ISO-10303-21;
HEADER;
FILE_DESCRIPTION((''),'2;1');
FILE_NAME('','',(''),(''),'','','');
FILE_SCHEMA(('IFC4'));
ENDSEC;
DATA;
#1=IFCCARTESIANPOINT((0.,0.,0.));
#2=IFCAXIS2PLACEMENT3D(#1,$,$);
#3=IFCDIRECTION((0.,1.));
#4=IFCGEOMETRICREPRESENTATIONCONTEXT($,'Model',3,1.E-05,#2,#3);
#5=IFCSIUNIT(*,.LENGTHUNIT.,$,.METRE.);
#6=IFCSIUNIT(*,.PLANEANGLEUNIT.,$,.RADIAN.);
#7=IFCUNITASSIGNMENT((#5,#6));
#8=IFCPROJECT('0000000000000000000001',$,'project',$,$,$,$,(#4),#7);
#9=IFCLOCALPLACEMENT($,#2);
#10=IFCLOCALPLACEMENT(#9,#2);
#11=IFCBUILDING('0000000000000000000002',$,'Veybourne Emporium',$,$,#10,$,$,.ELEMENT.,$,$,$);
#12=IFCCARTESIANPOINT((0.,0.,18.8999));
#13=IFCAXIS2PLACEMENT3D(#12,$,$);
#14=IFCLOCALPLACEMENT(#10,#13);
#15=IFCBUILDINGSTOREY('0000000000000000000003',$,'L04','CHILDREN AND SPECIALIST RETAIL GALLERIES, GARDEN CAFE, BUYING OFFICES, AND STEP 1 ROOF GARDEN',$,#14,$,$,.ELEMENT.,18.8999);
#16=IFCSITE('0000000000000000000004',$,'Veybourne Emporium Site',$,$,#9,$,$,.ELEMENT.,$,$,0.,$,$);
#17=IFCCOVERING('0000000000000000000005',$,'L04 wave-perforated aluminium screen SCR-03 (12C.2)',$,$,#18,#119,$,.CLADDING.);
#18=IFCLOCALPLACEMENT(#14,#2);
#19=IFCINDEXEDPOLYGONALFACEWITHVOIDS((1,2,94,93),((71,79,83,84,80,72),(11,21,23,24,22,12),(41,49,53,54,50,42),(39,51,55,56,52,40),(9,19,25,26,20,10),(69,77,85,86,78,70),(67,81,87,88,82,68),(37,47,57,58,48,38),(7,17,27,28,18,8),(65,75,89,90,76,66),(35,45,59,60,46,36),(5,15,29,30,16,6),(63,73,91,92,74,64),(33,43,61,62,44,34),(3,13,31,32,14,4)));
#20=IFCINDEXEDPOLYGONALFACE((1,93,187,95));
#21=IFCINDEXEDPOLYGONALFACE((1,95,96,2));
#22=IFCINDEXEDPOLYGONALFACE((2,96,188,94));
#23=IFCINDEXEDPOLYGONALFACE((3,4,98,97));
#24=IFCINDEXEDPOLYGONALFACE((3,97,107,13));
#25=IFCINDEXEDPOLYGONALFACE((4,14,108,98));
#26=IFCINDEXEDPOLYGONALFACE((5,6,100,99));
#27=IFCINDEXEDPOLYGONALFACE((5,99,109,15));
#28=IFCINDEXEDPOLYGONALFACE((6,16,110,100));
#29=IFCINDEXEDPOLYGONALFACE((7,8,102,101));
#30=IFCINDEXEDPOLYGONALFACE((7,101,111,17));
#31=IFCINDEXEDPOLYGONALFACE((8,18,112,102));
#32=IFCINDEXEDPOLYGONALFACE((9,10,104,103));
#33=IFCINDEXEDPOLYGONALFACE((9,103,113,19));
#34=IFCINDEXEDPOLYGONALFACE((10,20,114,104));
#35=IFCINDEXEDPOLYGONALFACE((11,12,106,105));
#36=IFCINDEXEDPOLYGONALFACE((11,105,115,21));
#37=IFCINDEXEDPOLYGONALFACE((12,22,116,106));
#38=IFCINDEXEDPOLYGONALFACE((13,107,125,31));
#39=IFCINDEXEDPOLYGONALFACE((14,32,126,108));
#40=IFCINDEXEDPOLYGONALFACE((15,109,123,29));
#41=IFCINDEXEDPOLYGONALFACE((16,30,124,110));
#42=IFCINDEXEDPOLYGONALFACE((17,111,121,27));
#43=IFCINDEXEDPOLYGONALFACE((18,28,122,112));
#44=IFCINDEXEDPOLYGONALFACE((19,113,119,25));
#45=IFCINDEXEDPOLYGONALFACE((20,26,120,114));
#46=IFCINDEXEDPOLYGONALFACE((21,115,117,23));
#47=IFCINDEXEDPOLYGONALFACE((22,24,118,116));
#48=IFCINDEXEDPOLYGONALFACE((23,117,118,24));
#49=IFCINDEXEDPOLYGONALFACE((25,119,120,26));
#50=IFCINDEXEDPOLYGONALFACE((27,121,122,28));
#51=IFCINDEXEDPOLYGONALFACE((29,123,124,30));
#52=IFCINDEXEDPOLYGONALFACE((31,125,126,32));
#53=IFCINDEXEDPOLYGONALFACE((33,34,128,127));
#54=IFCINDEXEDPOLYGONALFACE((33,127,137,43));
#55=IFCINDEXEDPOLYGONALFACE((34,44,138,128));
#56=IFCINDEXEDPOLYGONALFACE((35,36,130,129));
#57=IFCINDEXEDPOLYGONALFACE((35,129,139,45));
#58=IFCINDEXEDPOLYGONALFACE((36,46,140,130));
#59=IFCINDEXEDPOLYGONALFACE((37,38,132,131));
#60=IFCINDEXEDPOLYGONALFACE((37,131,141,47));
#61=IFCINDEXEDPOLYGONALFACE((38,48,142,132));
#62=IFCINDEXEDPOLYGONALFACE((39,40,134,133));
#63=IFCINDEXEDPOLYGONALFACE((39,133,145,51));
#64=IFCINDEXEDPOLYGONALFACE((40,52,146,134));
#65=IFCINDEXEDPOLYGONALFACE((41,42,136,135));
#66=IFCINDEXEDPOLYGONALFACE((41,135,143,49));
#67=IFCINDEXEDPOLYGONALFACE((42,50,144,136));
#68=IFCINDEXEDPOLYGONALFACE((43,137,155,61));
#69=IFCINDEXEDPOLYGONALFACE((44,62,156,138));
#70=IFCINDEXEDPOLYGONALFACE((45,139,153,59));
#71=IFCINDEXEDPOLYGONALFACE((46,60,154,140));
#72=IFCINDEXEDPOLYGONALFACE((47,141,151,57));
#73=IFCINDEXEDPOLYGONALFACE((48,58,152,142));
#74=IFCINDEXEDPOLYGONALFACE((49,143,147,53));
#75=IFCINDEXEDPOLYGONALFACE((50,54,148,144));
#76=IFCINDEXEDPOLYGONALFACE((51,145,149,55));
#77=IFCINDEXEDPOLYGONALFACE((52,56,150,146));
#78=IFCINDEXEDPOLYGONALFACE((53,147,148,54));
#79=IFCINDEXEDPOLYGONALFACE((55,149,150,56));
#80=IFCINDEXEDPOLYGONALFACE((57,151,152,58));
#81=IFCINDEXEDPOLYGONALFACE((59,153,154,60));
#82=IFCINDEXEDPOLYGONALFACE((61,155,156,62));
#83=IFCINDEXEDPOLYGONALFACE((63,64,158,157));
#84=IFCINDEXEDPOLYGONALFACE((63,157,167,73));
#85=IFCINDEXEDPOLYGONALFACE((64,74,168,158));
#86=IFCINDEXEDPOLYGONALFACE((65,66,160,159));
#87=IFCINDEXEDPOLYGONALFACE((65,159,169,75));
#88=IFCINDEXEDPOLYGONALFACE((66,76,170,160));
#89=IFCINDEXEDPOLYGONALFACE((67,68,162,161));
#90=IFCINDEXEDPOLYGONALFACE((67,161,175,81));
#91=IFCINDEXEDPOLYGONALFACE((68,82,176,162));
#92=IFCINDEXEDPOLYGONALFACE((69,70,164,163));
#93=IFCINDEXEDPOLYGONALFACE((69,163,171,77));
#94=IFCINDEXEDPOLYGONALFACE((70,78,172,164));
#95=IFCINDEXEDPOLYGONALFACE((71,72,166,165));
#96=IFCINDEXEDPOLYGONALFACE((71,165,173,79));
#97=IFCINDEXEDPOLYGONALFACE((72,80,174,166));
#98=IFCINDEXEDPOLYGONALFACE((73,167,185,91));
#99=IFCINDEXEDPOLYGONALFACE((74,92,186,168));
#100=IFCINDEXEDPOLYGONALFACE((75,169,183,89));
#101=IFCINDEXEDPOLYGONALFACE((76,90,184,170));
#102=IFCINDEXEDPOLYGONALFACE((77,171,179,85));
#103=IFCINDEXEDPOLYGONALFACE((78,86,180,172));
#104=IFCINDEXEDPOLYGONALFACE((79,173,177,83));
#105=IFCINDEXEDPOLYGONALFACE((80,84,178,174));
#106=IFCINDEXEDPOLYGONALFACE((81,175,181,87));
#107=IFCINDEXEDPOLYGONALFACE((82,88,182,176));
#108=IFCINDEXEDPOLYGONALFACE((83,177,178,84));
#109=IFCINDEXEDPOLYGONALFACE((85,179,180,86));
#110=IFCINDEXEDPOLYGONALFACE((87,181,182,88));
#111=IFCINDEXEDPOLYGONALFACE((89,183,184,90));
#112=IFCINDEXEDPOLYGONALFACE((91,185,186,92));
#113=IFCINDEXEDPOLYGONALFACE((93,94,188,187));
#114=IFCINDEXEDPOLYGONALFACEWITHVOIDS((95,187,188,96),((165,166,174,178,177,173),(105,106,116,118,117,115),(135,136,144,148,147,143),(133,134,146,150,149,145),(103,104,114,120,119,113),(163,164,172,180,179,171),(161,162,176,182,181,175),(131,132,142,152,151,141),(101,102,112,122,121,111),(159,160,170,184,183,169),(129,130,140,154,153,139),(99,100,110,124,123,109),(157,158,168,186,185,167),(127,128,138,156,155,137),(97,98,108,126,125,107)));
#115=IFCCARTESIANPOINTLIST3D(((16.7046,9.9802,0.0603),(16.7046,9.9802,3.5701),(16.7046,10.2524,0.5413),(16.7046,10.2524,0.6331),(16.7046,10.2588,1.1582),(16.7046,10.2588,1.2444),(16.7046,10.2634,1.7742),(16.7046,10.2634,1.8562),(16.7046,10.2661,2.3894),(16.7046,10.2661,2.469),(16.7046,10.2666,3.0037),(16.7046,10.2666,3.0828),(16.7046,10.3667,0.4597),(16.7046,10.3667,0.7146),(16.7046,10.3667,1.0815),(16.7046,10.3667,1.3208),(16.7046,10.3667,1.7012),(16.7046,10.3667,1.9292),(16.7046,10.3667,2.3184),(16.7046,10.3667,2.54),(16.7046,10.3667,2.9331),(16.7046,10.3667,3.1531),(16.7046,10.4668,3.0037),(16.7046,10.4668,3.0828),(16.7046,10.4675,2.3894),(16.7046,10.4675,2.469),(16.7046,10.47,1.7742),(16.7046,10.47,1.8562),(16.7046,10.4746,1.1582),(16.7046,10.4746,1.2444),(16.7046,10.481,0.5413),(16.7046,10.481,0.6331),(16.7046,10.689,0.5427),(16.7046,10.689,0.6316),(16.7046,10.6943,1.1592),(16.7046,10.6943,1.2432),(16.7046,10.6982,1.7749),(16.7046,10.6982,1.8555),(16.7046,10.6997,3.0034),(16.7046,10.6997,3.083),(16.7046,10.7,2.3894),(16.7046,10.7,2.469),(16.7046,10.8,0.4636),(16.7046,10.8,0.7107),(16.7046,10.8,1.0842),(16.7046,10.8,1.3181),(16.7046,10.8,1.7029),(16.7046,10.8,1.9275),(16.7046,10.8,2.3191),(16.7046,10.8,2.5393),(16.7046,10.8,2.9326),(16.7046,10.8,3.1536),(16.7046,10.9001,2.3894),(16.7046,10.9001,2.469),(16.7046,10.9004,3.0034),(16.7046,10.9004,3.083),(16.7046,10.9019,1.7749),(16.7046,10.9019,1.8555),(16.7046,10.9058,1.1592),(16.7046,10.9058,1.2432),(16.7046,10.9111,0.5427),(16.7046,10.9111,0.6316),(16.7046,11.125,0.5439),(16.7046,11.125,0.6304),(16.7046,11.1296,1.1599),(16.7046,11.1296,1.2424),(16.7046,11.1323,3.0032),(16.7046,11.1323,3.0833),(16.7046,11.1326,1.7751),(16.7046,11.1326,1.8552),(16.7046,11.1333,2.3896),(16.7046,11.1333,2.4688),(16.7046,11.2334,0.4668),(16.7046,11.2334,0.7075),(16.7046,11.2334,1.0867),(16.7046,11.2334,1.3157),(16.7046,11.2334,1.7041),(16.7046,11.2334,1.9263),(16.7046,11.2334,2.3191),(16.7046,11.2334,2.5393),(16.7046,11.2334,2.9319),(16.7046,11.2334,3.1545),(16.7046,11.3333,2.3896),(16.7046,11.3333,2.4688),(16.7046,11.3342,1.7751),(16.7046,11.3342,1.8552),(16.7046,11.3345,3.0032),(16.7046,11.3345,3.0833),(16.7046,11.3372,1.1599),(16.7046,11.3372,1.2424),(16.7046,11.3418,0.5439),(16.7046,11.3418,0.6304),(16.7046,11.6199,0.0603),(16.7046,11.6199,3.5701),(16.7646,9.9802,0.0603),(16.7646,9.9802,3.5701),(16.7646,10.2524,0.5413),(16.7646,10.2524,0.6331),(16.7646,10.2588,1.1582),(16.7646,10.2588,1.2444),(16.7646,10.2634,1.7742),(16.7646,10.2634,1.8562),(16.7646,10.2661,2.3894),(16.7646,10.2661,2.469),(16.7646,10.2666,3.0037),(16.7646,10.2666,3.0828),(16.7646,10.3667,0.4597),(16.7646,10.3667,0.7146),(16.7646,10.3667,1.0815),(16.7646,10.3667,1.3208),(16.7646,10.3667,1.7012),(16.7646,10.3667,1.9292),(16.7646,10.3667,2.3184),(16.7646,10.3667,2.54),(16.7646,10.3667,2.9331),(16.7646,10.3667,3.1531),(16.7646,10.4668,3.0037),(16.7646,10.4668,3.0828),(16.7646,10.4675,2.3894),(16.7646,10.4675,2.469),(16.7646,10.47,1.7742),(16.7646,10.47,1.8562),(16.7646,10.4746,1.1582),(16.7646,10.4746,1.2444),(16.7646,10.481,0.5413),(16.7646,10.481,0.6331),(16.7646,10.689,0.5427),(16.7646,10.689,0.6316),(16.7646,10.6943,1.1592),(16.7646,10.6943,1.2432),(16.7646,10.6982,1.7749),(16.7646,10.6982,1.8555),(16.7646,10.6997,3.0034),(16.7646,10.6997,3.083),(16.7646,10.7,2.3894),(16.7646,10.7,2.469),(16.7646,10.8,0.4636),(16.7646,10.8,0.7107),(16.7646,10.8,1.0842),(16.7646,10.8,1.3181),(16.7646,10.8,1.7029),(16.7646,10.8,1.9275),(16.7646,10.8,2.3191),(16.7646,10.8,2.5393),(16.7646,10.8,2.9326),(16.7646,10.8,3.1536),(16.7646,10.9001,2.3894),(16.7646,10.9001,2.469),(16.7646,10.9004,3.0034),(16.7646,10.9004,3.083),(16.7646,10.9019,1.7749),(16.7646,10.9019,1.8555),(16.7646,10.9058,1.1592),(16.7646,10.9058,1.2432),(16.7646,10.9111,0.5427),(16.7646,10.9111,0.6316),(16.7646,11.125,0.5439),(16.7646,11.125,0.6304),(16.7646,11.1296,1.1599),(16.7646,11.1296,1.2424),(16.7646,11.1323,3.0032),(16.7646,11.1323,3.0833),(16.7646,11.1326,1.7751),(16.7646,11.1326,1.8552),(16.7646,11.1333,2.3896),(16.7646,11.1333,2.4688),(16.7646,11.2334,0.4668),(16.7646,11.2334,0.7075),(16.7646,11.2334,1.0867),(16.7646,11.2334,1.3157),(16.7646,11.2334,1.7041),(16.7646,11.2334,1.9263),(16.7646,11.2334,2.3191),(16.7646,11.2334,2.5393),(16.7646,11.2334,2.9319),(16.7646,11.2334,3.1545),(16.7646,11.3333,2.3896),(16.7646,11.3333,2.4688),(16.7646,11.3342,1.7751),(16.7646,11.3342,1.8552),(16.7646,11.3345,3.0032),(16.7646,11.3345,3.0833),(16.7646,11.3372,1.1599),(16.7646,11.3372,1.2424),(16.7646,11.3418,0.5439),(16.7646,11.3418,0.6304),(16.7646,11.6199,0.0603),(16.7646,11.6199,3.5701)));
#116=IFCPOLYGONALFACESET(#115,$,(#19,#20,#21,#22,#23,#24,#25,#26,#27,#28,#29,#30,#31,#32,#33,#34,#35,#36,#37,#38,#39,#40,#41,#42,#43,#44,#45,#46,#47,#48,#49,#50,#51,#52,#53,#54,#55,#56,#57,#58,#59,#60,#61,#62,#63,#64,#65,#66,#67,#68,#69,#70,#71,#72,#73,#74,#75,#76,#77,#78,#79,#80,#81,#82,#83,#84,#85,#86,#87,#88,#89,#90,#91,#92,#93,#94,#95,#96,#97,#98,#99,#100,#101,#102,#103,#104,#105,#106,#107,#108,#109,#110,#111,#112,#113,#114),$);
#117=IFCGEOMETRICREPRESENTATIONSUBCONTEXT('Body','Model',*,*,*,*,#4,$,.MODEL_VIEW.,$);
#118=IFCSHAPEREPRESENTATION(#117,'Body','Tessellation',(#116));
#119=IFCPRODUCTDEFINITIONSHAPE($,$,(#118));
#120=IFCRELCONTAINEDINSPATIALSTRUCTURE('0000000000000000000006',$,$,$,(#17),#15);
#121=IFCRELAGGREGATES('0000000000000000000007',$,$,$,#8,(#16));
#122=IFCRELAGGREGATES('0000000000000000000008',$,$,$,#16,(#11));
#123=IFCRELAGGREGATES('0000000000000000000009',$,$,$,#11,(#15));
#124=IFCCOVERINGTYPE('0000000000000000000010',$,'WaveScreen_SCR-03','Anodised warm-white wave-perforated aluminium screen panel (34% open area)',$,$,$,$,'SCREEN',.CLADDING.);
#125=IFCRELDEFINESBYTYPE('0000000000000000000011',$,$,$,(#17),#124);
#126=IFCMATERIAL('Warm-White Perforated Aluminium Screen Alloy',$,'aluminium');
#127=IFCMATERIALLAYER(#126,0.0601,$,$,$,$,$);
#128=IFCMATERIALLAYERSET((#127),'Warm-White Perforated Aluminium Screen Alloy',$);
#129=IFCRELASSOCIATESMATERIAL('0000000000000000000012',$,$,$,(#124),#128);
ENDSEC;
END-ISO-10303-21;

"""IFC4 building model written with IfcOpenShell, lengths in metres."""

from ifc_helpers import new_model, si_unit, direction, frame, origin, place, context, subcontext, project, spatial, polyline, outline, extrude, material, layer, layer_set, type_object, element, save


model = new_model("IFC4")

# Units and contexts
model_context = context("Model", 3, precision=1e-05, world=origin(), true_north=direction((0.0, 1.0)))
body_context = subcontext(model_context, "Body", "Model", "MODEL_VIEW")
ifc_project = project(units=[si_unit("LENGTHUNIT", "METRE"), si_unit("PLANEANGLEUNIT", "RADIAN")], contexts=[model_context])

# Site, building, storey
site_placement = place(None, origin())
site = spatial("IfcSite", under=ifc_project, at=site_placement, Name="Veybourne Emporium Site", CompositionType="ELEMENT", RefElevation=0.0)
building_placement = place(site_placement, origin())
building = spatial("IfcBuilding", under=site, at=building_placement, Name="Veybourne Emporium", CompositionType="ELEMENT")
storey_placement = place(building_placement, frame((0.0, 0.0, 18.8999)))
storey = spatial("IfcBuildingStorey", under=building, at=storey_placement, Name="L04", Description="CHILDREN AND SPECIALIST RETAIL GALLERIES, GARDEN CAFE, BUYING OFFICES, AND STEP 1 ROOF GARDEN", CompositionType="ELEMENT", Elevation=18.8999)

# Covering
ifc_material_1 = material(Name="Warm-White Perforated Aluminium Screen Alloy", Category="aluminium")
ifc_layer_1 = layer(ifc_material_1, 0.0601)
ifc_layer_set_1 = layer_set([ifc_layer_1], Name="Warm-White Perforated Aluminium Screen Alloy")
covering_type_1 = type_object("IfcCoveringType", Name="WaveScreen_SCR-03", Description="Anodised warm-white wave-perforated aluminium screen panel (34% open area)", ElementType="SCREEN", PredefinedType="CLADDING", material=ifc_layer_set_1)
covering_1_placement = place(storey_placement, frame((16.7046, 10.8, 1.8152), z_axis=(1.0, 0.0, 0.0), x_axis=(0.0, 1.0, 0.0)))
element("IfcCovering", 1, at=covering_1_placement, inside=storey, type_object=covering_type_1, Name="L04 wave-perforated aluminium screen SCR-03 (12C.2)", PredefinedType="CLADDING", context=body_context, shape_type="SweptSolid", body=[
    extrude(outline(polyline([(-0.8198, -1.7549), (0.8198, -1.7549), (0.8198, 1.7549), (-0.8198, 1.7549), (-0.8198, -1.7549)]), holes=[polyline([(-0.4333, -1.1006), (-0.3191, -1.1821), (-0.3191, -1.2739), (-0.4333, -1.3555), (-0.5476, -1.2739), (-0.5476, -1.1821), (-0.4333, -1.1006)]), polyline([(-0.4333, -0.4944), (-0.3254, -0.5708), (-0.3254, -0.657), (-0.4333, -0.7336), (-0.5413, -0.657), (-0.5413, -0.5708), (-0.4333, -0.4944)]), polyline([(-0.4333, 0.114), (-0.3301, 0.041), (-0.3301, -0.041), (-0.4333, -0.114), (-0.5366, -0.041), (-0.5366, 0.041), (-0.4333, 0.114)]), polyline([(-0.4333, 0.7249), (-0.3325, 0.6538), (-0.3325, 0.5742), (-0.4333, 0.5032), (-0.5339, 0.5742), (-0.5339, 0.6538), (-0.4333, 0.7249)]), polyline([(-0.4333, 1.3379), (-0.3333, 1.2676), (-0.3333, 1.1885), (-0.4333, 1.1179), (-0.5334, 1.1885), (-0.5334, 1.2676), (-0.4333, 1.3379)]), polyline([(0.0, -1.1045), (0.1111, -1.1836), (0.1111, -1.2725), (0.0, -1.3516), (-0.1111, -1.2725), (-0.1111, -1.1836), (0.0, -1.1045)]), polyline([(0.0, -0.4971), (0.1057, -0.572), (0.1057, -0.656), (0.0, -0.731), (-0.1057, -0.656), (-0.1057, -0.572), (0.0, -0.4971)]), polyline([(0.0, 0.1123), (0.1018, 0.0403), (0.1018, -0.0403), (0.0, -0.1123), (-0.1018, -0.0403), (-0.1018, 0.0403), (0.0, 0.1123)]), polyline([(0.0, 0.7241), (0.1001, 0.6538), (0.1001, 0.5742), (0.0, 0.5039), (-0.1001, 0.5742), (-0.1001, 0.6538), (0.0, 0.7241)]), polyline([(0.0, 1.3384), (0.1003, 1.2678), (0.1003, 1.1882), (0.0, 1.1174), (-0.1003, 1.1882), (-0.1003, 1.2678), (0.0, 1.3384)]), polyline([(0.4333, -1.1077), (0.5417, -1.1848), (0.5417, -1.2712), (0.4333, -1.3484), (0.325, -1.2712), (0.325, -1.1848), (0.4333, -1.1077)]), polyline([(0.4333, -0.4995), (0.5371, -0.5728), (0.5371, -0.6553), (0.4333, -0.7285), (0.3296, -0.6553), (0.3296, -0.5728), (0.4333, -0.4995)]), polyline([(0.4333, 0.1111), (0.5342, 0.04), (0.5342, -0.04), (0.4333, -0.1111), (0.3325, -0.04), (0.3325, 0.04), (0.4333, 0.1111)]), polyline([(0.4333, 0.7241), (0.5332, 0.6536), (0.5332, 0.5745), (0.4333, 0.5039), (0.3333, 0.5745), (0.3333, 0.6536), (0.4333, 0.7241)]), polyline([(0.4333, 1.3394), (0.5344, 1.2681), (0.5344, 1.188), (0.4333, 1.1167), (0.3323, 1.188), (0.3323, 1.2681), (0.4333, 1.3394)])]), origin(), (0.0, 0.0, 1.0), 0.0601),
])

save(model, "model.ifc")
